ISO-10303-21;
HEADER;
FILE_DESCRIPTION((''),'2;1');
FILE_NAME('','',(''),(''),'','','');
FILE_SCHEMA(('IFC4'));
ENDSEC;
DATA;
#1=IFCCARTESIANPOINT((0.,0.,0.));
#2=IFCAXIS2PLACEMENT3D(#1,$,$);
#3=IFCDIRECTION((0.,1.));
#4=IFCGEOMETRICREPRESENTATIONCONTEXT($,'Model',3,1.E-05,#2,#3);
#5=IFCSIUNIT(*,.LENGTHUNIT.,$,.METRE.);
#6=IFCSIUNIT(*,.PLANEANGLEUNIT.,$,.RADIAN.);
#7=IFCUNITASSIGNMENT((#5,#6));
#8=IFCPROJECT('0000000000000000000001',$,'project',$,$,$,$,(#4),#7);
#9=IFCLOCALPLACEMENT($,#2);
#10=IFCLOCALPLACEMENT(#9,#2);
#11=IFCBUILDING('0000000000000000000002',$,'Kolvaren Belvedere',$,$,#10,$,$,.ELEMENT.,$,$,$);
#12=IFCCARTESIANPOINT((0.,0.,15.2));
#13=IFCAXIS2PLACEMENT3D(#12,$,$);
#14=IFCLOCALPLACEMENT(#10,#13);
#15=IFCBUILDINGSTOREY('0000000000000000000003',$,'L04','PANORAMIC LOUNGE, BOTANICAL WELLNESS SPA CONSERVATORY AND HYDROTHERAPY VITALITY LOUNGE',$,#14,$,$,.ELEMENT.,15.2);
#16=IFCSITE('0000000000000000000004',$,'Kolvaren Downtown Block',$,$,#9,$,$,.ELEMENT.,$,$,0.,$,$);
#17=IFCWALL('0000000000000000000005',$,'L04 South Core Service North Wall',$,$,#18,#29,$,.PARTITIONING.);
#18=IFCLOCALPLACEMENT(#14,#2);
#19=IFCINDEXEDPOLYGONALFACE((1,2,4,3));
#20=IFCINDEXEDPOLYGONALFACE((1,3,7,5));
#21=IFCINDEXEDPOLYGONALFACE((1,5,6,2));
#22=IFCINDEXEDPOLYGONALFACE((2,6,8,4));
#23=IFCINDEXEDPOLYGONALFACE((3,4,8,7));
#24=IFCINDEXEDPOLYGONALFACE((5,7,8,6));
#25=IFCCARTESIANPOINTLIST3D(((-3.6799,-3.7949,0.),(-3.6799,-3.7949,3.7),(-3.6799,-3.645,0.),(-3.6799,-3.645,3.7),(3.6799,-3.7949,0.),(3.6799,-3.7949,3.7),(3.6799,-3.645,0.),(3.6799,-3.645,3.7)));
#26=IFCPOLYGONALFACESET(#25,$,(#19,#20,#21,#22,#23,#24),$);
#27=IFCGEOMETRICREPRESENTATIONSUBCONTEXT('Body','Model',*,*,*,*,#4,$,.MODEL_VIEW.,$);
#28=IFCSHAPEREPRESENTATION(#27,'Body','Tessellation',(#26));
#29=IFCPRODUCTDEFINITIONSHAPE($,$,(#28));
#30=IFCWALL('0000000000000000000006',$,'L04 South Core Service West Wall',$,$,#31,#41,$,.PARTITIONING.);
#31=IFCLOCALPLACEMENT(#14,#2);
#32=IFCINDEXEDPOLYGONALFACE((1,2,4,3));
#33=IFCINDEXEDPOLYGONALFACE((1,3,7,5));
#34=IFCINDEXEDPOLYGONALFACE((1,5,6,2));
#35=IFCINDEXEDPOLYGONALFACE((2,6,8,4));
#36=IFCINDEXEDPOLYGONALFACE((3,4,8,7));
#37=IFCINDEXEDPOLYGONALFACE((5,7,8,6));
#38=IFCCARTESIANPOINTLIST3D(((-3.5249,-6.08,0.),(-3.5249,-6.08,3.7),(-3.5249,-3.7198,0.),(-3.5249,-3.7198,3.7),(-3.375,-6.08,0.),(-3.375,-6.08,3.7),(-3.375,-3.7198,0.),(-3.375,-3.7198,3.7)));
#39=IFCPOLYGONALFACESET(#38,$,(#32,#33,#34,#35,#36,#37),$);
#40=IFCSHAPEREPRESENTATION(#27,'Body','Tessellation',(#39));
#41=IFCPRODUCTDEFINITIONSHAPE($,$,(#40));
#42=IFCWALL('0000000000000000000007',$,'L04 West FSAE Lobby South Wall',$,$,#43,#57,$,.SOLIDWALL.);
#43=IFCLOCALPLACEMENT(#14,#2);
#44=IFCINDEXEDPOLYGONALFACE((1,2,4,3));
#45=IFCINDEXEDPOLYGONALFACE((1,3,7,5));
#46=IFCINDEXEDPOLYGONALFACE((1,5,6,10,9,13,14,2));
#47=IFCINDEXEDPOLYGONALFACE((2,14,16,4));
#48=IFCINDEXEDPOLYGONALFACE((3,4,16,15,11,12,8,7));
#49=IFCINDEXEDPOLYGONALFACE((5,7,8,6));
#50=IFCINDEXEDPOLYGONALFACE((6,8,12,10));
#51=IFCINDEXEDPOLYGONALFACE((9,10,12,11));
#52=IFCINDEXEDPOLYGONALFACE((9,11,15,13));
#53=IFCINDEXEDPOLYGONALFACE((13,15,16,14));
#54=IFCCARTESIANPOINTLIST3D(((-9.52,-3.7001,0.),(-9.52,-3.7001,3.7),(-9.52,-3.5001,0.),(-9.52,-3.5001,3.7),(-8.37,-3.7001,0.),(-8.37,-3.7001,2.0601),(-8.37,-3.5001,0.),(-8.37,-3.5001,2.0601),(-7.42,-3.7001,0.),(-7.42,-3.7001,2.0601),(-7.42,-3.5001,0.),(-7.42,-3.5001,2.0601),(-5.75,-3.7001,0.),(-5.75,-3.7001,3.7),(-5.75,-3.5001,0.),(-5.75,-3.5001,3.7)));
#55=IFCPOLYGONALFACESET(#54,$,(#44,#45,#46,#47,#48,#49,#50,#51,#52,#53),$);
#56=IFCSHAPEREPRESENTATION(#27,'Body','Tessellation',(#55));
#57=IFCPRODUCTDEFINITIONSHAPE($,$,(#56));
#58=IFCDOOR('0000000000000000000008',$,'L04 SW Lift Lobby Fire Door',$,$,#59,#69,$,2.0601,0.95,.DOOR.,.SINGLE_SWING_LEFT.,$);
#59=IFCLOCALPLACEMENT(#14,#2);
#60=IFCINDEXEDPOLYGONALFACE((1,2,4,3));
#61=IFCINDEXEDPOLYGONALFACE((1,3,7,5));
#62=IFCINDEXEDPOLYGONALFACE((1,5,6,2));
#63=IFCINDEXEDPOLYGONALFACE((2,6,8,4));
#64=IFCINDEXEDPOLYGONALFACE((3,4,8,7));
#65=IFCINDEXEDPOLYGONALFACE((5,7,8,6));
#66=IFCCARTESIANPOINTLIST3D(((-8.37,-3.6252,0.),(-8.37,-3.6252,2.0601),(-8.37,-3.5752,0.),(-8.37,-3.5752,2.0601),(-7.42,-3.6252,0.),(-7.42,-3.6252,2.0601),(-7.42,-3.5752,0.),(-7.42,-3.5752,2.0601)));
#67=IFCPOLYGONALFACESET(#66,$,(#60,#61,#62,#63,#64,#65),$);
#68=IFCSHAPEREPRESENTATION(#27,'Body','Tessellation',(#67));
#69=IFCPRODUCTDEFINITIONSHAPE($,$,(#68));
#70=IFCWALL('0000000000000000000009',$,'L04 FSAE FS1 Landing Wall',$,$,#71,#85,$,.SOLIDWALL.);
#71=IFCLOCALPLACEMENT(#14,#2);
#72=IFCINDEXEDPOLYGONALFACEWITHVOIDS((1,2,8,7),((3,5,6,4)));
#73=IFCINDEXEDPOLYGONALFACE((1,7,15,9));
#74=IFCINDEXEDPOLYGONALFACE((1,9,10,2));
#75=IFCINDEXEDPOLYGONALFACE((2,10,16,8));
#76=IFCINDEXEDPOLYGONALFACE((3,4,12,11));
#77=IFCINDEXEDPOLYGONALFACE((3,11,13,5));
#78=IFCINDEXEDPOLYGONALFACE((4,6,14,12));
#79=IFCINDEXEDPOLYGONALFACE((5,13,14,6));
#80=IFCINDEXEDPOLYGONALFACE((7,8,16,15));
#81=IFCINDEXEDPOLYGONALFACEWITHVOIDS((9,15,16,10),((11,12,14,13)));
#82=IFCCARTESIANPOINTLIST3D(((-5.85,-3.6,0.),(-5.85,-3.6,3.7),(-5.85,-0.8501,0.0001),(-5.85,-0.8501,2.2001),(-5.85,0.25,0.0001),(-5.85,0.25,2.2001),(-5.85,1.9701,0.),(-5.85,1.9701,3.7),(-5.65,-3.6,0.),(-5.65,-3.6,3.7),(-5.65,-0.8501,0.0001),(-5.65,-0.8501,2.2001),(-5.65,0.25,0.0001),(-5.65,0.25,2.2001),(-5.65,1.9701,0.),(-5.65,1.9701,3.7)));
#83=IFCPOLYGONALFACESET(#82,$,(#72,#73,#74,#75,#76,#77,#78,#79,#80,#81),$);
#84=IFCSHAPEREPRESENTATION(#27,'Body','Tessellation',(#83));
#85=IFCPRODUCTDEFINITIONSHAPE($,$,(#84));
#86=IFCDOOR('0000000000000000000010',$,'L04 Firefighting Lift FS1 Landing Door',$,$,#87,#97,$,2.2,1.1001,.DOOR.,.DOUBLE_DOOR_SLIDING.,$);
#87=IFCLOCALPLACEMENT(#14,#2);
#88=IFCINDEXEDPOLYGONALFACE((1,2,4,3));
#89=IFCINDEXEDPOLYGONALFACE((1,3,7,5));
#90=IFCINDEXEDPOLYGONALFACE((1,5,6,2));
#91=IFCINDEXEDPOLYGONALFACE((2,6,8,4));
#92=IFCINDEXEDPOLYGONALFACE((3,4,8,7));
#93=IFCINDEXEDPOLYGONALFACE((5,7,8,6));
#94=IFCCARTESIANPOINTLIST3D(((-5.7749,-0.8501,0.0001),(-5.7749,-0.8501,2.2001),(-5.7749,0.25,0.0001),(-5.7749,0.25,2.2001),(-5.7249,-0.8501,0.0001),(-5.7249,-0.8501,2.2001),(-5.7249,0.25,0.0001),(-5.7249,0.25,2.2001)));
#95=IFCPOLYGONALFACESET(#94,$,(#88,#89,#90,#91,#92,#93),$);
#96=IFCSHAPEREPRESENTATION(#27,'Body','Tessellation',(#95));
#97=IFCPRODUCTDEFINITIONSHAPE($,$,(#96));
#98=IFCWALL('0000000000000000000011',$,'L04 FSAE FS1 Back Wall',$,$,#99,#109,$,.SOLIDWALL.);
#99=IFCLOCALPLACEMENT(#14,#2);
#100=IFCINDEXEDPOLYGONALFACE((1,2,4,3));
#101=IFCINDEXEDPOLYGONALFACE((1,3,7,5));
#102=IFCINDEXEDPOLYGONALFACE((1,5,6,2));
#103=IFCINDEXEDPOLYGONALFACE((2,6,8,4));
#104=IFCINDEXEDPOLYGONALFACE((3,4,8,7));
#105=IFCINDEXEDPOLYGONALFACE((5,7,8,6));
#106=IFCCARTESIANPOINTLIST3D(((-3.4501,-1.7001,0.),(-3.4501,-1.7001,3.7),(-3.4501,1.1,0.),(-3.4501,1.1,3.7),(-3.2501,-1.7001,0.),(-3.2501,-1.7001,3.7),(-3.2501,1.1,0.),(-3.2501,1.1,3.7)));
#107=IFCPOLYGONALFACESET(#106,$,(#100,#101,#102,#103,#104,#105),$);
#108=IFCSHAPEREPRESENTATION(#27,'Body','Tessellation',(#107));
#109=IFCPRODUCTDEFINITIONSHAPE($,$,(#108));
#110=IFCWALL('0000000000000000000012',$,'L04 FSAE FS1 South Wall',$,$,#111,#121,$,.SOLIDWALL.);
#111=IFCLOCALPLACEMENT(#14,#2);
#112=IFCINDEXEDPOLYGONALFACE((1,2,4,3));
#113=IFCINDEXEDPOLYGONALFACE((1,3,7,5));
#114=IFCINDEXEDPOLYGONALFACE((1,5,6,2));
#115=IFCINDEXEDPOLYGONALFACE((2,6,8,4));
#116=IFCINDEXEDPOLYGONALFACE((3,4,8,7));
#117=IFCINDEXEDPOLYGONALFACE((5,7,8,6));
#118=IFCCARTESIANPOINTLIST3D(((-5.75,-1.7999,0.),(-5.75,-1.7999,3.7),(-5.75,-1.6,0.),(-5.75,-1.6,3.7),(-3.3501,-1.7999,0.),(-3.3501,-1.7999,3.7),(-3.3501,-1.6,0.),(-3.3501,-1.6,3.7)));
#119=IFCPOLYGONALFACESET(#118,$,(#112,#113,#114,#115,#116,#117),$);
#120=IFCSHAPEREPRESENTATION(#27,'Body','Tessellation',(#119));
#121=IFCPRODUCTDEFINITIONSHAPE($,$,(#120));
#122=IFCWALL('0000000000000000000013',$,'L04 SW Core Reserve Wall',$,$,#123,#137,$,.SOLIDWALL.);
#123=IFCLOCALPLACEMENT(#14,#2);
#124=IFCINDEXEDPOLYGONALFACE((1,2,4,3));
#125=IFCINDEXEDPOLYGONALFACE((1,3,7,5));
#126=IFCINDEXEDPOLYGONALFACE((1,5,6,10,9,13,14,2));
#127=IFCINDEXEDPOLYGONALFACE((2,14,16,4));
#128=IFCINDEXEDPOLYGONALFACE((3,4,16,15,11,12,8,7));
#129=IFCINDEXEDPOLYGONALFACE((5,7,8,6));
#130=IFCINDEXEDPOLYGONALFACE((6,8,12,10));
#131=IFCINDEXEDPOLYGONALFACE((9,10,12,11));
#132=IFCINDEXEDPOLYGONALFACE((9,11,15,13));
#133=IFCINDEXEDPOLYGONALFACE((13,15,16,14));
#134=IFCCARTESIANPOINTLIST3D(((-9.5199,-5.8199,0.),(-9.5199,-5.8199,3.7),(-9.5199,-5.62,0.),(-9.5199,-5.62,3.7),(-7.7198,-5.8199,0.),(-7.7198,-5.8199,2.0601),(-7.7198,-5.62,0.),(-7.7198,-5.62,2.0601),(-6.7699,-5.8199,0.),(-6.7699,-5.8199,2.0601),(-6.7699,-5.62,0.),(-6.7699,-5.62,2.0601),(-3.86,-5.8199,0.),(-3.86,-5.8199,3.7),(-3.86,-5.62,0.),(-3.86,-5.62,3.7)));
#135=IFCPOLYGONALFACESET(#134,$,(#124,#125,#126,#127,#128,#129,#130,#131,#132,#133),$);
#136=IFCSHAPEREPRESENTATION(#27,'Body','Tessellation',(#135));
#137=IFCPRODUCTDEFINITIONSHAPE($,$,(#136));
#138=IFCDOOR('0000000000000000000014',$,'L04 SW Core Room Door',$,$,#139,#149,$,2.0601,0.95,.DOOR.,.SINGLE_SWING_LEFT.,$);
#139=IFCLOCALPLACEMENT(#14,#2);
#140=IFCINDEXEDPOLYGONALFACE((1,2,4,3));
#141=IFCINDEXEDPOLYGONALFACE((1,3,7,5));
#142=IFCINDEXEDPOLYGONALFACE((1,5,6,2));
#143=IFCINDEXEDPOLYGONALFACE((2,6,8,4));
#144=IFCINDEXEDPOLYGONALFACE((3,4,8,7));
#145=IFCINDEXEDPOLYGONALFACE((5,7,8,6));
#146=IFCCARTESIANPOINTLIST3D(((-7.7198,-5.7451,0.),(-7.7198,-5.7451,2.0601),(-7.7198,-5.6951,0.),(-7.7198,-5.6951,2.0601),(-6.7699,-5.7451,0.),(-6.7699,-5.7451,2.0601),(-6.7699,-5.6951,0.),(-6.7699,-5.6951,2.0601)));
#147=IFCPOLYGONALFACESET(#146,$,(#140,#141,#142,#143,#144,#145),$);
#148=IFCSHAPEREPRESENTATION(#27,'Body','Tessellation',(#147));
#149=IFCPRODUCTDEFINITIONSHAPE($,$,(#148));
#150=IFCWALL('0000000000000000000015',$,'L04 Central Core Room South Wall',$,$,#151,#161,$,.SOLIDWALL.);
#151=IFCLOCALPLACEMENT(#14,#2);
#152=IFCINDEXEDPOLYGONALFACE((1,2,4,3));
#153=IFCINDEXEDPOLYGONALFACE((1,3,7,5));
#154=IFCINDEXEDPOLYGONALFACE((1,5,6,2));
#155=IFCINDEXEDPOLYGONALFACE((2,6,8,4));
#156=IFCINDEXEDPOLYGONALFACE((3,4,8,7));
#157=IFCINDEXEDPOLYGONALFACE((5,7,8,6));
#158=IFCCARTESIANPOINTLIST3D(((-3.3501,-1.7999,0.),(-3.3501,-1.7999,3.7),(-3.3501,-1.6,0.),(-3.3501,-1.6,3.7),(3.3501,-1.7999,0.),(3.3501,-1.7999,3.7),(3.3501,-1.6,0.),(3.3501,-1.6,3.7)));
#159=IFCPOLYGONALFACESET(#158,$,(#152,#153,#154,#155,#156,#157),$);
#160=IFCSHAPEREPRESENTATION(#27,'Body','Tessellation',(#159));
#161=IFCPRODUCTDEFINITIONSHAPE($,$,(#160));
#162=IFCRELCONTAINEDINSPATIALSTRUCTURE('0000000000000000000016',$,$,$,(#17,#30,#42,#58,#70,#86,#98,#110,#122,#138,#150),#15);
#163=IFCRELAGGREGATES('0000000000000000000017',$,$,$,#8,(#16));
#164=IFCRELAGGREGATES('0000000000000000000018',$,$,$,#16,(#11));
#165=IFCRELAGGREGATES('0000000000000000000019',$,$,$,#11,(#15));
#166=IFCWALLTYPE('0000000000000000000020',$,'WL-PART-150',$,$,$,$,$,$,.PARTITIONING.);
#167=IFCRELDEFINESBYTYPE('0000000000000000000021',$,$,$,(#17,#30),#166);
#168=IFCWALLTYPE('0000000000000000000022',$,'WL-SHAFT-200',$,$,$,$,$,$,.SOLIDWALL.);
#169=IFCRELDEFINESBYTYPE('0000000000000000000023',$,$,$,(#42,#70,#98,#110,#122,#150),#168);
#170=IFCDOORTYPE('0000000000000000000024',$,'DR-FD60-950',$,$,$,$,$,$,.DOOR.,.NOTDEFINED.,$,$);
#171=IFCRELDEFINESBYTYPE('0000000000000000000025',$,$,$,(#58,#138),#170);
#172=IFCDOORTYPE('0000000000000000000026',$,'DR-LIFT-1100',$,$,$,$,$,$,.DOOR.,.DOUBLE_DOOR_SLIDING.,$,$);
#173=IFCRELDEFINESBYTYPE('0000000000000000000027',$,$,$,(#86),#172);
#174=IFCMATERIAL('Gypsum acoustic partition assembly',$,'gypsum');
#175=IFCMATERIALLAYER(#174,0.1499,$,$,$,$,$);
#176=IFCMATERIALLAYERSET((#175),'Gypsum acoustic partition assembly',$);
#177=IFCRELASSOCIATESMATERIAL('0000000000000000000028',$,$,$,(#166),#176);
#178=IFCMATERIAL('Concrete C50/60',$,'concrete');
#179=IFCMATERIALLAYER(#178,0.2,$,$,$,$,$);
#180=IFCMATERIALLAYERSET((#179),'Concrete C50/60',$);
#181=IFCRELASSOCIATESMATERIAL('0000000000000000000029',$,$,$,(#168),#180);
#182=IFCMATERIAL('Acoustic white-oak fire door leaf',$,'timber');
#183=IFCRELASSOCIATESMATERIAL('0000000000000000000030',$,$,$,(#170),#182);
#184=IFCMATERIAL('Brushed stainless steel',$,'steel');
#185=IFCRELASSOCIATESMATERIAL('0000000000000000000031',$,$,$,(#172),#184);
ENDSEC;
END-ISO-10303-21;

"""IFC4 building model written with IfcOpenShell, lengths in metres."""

from ifc_helpers import new_model, si_unit, direction, frame, frame_2d, origin, place, context, subcontext, project, spatial, rectangle, extrude, material, layer, layer_set, type_object, element, fill, save


model = new_model("IFC4")

# Units and contexts
model_context = context("Model", 3, precision=1e-05, world=origin(), true_north=direction((0.0, 1.0)))
body_context = subcontext(model_context, "Body", "Model", "MODEL_VIEW")
ifc_project = project(units=[si_unit("LENGTHUNIT", "METRE"), si_unit("PLANEANGLEUNIT", "RADIAN")], contexts=[model_context])

# Site, building, storey
site_placement = place(None, origin())
site = spatial("IfcSite", under=ifc_project, at=site_placement, Name="Kolvaren Downtown Block", CompositionType="ELEMENT", RefElevation=0.0)
building_placement = place(site_placement, origin())
building = spatial("IfcBuilding", under=site, at=building_placement, Name="Kolvaren Belvedere", CompositionType="ELEMENT")
storey_placement = place(building_placement, frame((0.0, 0.0, 15.2)))
storey = spatial("IfcBuildingStorey", under=building, at=storey_placement, Name="L04", Description="PANORAMIC LOUNGE, BOTANICAL WELLNESS SPA CONSERVATORY AND HYDROTHERAPY VITALITY LOUNGE", CompositionType="ELEMENT", Elevation=15.2)

# Walls
ifc_material_1 = material(Name="Gypsum acoustic partition assembly", Category="gypsum")
ifc_layer_1 = layer(ifc_material_1, 0.1499)
ifc_layer_set_1 = layer_set([ifc_layer_1], Name="Gypsum acoustic partition assembly")
wall_type_1 = type_object("IfcWallType", Name="WL-PART-150", PredefinedType="PARTITIONING", material=ifc_layer_set_1)
wall_1_placement = place(storey_placement, frame((-3.6799, -3.72, 0.0), z_axis=(0.0, 0.0, 1.0), x_axis=(1.0, 0.0, 0.0)))
element("IfcWall", 1, at=wall_1_placement, inside=storey, type_object=wall_type_1, Name="L04 South Core Service North Wall", PredefinedType="PARTITIONING", context=body_context, shape_type="SweptSolid", body=[
    extrude(rectangle(XDim=7.3599, YDim=0.1499, at=frame_2d((3.6799, 0.0))), origin(), (0.0, 0.0, 1.0), 3.7),
])
wall_2_placement = place(storey_placement, frame((-3.45, -6.0801, 0.0), z_axis=(0.0, 0.0, 1.0), x_axis=(0.0, 1.0, 0.0)))
element("IfcWall", 2, at=wall_2_placement, inside=storey, type_object=wall_type_1, Name="L04 South Core Service West Wall", PredefinedType="PARTITIONING", context=body_context, shape_type="SweptSolid", body=[
    extrude(rectangle(XDim=2.3601, YDim=0.1499, at=frame_2d((1.1802, 0.0))), origin(), (0.0, 0.0, 1.0), 3.7),
])

# Walls, openings, doors
ifc_material_2 = material(Name="Concrete C50/60", Category="concrete")
ifc_layer_2 = layer(ifc_material_2, 0.2)
ifc_layer_set_2 = layer_set([ifc_layer_2], Name="Concrete C50/60")
wall_type_2 = type_object("IfcWallType", Name="WL-SHAFT-200", PredefinedType="SOLIDWALL", material=ifc_layer_set_2)
wall_3_placement = place(storey_placement, frame((-9.52, -3.6001, 0.0), z_axis=(0.0, 0.0, 1.0), x_axis=(1.0, 0.0, 0.0)))
wall_3 = element("IfcWall", 3, at=wall_3_placement, inside=storey, type_object=wall_type_2, Name="L04 West FSAE Lobby South Wall", PredefinedType="SOLIDWALL", context=body_context, shape_type="SweptSolid", body=[
    extrude(rectangle(XDim=3.77, YDim=0.2, at=frame_2d((1.885, 0.0))), origin(), (0.0, 0.0, 1.0), 3.7),
])
opening_1_placement = place(wall_3_placement, frame((1.1499, 0.0, 0.0)))
opening_1 = element("IfcOpeningElement", 4, at=opening_1_placement, cuts=wall_3, PredefinedType="OPENING", context=body_context, shape_type="SweptSolid", body=[
    extrude(rectangle(XDim=0.95, YDim=2.0601, at=frame_2d((0.4751, 1.03))), frame((0.0, 0.1099, 0.0), z_axis=(0.0, -1.0, 0.0), x_axis=(1.0, 0.0, 0.0)), (0.0, 0.0, 1.0), 0.22),
])
ifc_material_3 = material(Name="Acoustic white-oak fire door leaf", Category="timber")
door_type_1 = type_object("IfcDoorType", Name="DR-FD60-950", OperationType="NOTDEFINED", PredefinedType="DOOR", material=ifc_material_3)
door_1_placement = place(opening_1_placement, origin())
door_1 = element("IfcDoor", 5, at=door_1_placement, inside=storey, type_object=door_type_1, Name="L04 SW Lift Lobby Fire Door", OperationType="SINGLE_SWING_LEFT", OverallHeight=2.0601, OverallWidth=0.95, PredefinedType="DOOR", context=body_context, shape_type="SweptSolid", body=[
    extrude(rectangle(XDim=0.95, YDim=2.0601, at=frame_2d((0.4751, 1.03))), frame((0.0, 0.0249, 0.0), z_axis=(0.0, -1.0, 0.0), x_axis=(1.0, 0.0, 0.0)), (0.0, 0.0, 1.0), 0.05),
])
fill(opening_1, door_1)
wall_4_placement = place(storey_placement, frame((-5.75, -3.6001, 0.0), z_axis=(0.0, 0.0, 1.0), x_axis=(0.0, 1.0, 0.0)))
wall_4 = element("IfcWall", 6, at=wall_4_placement, inside=storey, type_object=wall_type_2, Name="L04 FSAE FS1 Landing Wall", PredefinedType="SOLIDWALL", context=body_context, shape_type="SweptSolid", body=[
    extrude(rectangle(XDim=5.5701, YDim=0.2, at=frame_2d((2.7852, 0.0))), origin(), (0.0, 0.0, 1.0), 3.7),
])
opening_2_placement = place(wall_4_placement, frame((2.75, 0.0, 0.0)))
opening_2 = element("IfcOpeningElement", 7, at=opening_2_placement, cuts=wall_4, PredefinedType="OPENING", context=body_context, shape_type="SweptSolid", body=[
    extrude(rectangle(XDim=1.1001, YDim=2.2, at=frame_2d((0.55, 1.1001))), frame((0.0, 0.1099, 0.0), z_axis=(0.0, -1.0, 0.0), x_axis=(1.0, 0.0, 0.0)), (0.0, 0.0, 1.0), 0.22),
])
ifc_material_4 = material(Name="Brushed stainless steel", Category="steel")
door_type_2 = type_object("IfcDoorType", Name="DR-LIFT-1100", OperationType="DOUBLE_DOOR_SLIDING", PredefinedType="DOOR", material=ifc_material_4)
door_2_placement = place(opening_2_placement, origin())
door_2 = element("IfcDoor", 8, at=door_2_placement, inside=storey, type_object=door_type_2, Name="L04 Firefighting Lift FS1 Landing Door", OperationType="DOUBLE_DOOR_SLIDING", OverallHeight=2.2, OverallWidth=1.1001, PredefinedType="DOOR", context=body_context, shape_type="SweptSolid", body=[
    extrude(rectangle(XDim=1.1001, YDim=2.2, at=frame_2d((0.55, 1.1001))), frame((0.0, 0.0249, 0.0), z_axis=(0.0, -1.0, 0.0), x_axis=(1.0, 0.0, 0.0)), (0.0, 0.0, 1.0), 0.05),
])
fill(opening_2, door_2)

# Walls
wall_5_placement = place(storey_placement, frame((-3.3501, -1.7, 0.0), z_axis=(0.0, 0.0, 1.0), x_axis=(0.0, 1.0, 0.0)))
element("IfcWall", 9, at=wall_5_placement, inside=storey, type_object=wall_type_2, Name="L04 FSAE FS1 Back Wall", PredefinedType="SOLIDWALL", context=body_context, shape_type="SweptSolid", body=[
    extrude(rectangle(XDim=2.8, YDim=0.2, at=frame_2d((1.3999, 0.0))), origin(), (0.0, 0.0, 1.0), 3.7),
])
wall_6_placement = place(storey_placement, frame((-5.75, -1.7, 0.0), z_axis=(0.0, 0.0, 1.0), x_axis=(1.0, 0.0, 0.0)))
element("IfcWall", 10, at=wall_6_placement, inside=storey, type_object=wall_type_2, Name="L04 FSAE FS1 South Wall", PredefinedType="SOLIDWALL", context=body_context, shape_type="SweptSolid", body=[
    extrude(rectangle(XDim=2.3999, YDim=0.2, at=frame_2d((1.2, 0.0))), origin(), (0.0, 0.0, 1.0), 3.7),
])

# Wall, opening, door
wall_7_placement = place(storey_placement, frame((-9.52, -5.72, 0.0), z_axis=(0.0, 0.0, 1.0), x_axis=(1.0, 0.0, 0.0)))
wall_7 = element("IfcWall", 11, at=wall_7_placement, inside=storey, type_object=wall_type_2, Name="L04 SW Core Reserve Wall", PredefinedType="SOLIDWALL", context=body_context, shape_type="SweptSolid", body=[
    extrude(rectangle(XDim=5.6599, YDim=0.2, at=frame_2d((2.8301, 0.0))), origin(), (0.0, 0.0, 1.0), 3.7),
])
opening_3_placement = place(wall_7_placement, frame((1.8, 0.0, 0.0)))
opening_3 = element("IfcOpeningElement", 12, at=opening_3_placement, cuts=wall_7, PredefinedType="OPENING", context=body_context, shape_type="SweptSolid", body=[
    extrude(rectangle(XDim=0.95, YDim=2.0601, at=frame_2d((0.4751, 1.03))), frame((0.0, 0.1099, 0.0), z_axis=(0.0, -1.0, 0.0), x_axis=(1.0, 0.0, 0.0)), (0.0, 0.0, 1.0), 0.22),
])
door_3_placement = place(opening_3_placement, origin())
door_3 = element("IfcDoor", 13, at=door_3_placement, inside=storey, type_object=door_type_1, Name="L04 SW Core Room Door", OperationType="SINGLE_SWING_LEFT", OverallHeight=2.0601, OverallWidth=0.95, PredefinedType="DOOR", context=body_context, shape_type="SweptSolid", body=[
    extrude(rectangle(XDim=0.95, YDim=2.0601, at=frame_2d((0.4751, 1.03))), frame((0.0, 0.0249, 0.0), z_axis=(0.0, -1.0, 0.0), x_axis=(1.0, 0.0, 0.0)), (0.0, 0.0, 1.0), 0.05),
])
fill(opening_3, door_3)

# Wall
wall_8_placement = place(storey_placement, frame((-3.3501, -1.7, 0.0), z_axis=(0.0, 0.0, 1.0), x_axis=(1.0, 0.0, 0.0)))
element("IfcWall", 14, at=wall_8_placement, inside=storey, type_object=wall_type_2, Name="L04 Central Core Room South Wall", PredefinedType="SOLIDWALL", context=body_context, shape_type="SweptSolid", body=[
    extrude(rectangle(XDim=6.7002, YDim=0.2, at=frame_2d((3.3501, 0.0))), origin(), (0.0, 0.0, 1.0), 3.7),
])

save(model, "model.ifc")
